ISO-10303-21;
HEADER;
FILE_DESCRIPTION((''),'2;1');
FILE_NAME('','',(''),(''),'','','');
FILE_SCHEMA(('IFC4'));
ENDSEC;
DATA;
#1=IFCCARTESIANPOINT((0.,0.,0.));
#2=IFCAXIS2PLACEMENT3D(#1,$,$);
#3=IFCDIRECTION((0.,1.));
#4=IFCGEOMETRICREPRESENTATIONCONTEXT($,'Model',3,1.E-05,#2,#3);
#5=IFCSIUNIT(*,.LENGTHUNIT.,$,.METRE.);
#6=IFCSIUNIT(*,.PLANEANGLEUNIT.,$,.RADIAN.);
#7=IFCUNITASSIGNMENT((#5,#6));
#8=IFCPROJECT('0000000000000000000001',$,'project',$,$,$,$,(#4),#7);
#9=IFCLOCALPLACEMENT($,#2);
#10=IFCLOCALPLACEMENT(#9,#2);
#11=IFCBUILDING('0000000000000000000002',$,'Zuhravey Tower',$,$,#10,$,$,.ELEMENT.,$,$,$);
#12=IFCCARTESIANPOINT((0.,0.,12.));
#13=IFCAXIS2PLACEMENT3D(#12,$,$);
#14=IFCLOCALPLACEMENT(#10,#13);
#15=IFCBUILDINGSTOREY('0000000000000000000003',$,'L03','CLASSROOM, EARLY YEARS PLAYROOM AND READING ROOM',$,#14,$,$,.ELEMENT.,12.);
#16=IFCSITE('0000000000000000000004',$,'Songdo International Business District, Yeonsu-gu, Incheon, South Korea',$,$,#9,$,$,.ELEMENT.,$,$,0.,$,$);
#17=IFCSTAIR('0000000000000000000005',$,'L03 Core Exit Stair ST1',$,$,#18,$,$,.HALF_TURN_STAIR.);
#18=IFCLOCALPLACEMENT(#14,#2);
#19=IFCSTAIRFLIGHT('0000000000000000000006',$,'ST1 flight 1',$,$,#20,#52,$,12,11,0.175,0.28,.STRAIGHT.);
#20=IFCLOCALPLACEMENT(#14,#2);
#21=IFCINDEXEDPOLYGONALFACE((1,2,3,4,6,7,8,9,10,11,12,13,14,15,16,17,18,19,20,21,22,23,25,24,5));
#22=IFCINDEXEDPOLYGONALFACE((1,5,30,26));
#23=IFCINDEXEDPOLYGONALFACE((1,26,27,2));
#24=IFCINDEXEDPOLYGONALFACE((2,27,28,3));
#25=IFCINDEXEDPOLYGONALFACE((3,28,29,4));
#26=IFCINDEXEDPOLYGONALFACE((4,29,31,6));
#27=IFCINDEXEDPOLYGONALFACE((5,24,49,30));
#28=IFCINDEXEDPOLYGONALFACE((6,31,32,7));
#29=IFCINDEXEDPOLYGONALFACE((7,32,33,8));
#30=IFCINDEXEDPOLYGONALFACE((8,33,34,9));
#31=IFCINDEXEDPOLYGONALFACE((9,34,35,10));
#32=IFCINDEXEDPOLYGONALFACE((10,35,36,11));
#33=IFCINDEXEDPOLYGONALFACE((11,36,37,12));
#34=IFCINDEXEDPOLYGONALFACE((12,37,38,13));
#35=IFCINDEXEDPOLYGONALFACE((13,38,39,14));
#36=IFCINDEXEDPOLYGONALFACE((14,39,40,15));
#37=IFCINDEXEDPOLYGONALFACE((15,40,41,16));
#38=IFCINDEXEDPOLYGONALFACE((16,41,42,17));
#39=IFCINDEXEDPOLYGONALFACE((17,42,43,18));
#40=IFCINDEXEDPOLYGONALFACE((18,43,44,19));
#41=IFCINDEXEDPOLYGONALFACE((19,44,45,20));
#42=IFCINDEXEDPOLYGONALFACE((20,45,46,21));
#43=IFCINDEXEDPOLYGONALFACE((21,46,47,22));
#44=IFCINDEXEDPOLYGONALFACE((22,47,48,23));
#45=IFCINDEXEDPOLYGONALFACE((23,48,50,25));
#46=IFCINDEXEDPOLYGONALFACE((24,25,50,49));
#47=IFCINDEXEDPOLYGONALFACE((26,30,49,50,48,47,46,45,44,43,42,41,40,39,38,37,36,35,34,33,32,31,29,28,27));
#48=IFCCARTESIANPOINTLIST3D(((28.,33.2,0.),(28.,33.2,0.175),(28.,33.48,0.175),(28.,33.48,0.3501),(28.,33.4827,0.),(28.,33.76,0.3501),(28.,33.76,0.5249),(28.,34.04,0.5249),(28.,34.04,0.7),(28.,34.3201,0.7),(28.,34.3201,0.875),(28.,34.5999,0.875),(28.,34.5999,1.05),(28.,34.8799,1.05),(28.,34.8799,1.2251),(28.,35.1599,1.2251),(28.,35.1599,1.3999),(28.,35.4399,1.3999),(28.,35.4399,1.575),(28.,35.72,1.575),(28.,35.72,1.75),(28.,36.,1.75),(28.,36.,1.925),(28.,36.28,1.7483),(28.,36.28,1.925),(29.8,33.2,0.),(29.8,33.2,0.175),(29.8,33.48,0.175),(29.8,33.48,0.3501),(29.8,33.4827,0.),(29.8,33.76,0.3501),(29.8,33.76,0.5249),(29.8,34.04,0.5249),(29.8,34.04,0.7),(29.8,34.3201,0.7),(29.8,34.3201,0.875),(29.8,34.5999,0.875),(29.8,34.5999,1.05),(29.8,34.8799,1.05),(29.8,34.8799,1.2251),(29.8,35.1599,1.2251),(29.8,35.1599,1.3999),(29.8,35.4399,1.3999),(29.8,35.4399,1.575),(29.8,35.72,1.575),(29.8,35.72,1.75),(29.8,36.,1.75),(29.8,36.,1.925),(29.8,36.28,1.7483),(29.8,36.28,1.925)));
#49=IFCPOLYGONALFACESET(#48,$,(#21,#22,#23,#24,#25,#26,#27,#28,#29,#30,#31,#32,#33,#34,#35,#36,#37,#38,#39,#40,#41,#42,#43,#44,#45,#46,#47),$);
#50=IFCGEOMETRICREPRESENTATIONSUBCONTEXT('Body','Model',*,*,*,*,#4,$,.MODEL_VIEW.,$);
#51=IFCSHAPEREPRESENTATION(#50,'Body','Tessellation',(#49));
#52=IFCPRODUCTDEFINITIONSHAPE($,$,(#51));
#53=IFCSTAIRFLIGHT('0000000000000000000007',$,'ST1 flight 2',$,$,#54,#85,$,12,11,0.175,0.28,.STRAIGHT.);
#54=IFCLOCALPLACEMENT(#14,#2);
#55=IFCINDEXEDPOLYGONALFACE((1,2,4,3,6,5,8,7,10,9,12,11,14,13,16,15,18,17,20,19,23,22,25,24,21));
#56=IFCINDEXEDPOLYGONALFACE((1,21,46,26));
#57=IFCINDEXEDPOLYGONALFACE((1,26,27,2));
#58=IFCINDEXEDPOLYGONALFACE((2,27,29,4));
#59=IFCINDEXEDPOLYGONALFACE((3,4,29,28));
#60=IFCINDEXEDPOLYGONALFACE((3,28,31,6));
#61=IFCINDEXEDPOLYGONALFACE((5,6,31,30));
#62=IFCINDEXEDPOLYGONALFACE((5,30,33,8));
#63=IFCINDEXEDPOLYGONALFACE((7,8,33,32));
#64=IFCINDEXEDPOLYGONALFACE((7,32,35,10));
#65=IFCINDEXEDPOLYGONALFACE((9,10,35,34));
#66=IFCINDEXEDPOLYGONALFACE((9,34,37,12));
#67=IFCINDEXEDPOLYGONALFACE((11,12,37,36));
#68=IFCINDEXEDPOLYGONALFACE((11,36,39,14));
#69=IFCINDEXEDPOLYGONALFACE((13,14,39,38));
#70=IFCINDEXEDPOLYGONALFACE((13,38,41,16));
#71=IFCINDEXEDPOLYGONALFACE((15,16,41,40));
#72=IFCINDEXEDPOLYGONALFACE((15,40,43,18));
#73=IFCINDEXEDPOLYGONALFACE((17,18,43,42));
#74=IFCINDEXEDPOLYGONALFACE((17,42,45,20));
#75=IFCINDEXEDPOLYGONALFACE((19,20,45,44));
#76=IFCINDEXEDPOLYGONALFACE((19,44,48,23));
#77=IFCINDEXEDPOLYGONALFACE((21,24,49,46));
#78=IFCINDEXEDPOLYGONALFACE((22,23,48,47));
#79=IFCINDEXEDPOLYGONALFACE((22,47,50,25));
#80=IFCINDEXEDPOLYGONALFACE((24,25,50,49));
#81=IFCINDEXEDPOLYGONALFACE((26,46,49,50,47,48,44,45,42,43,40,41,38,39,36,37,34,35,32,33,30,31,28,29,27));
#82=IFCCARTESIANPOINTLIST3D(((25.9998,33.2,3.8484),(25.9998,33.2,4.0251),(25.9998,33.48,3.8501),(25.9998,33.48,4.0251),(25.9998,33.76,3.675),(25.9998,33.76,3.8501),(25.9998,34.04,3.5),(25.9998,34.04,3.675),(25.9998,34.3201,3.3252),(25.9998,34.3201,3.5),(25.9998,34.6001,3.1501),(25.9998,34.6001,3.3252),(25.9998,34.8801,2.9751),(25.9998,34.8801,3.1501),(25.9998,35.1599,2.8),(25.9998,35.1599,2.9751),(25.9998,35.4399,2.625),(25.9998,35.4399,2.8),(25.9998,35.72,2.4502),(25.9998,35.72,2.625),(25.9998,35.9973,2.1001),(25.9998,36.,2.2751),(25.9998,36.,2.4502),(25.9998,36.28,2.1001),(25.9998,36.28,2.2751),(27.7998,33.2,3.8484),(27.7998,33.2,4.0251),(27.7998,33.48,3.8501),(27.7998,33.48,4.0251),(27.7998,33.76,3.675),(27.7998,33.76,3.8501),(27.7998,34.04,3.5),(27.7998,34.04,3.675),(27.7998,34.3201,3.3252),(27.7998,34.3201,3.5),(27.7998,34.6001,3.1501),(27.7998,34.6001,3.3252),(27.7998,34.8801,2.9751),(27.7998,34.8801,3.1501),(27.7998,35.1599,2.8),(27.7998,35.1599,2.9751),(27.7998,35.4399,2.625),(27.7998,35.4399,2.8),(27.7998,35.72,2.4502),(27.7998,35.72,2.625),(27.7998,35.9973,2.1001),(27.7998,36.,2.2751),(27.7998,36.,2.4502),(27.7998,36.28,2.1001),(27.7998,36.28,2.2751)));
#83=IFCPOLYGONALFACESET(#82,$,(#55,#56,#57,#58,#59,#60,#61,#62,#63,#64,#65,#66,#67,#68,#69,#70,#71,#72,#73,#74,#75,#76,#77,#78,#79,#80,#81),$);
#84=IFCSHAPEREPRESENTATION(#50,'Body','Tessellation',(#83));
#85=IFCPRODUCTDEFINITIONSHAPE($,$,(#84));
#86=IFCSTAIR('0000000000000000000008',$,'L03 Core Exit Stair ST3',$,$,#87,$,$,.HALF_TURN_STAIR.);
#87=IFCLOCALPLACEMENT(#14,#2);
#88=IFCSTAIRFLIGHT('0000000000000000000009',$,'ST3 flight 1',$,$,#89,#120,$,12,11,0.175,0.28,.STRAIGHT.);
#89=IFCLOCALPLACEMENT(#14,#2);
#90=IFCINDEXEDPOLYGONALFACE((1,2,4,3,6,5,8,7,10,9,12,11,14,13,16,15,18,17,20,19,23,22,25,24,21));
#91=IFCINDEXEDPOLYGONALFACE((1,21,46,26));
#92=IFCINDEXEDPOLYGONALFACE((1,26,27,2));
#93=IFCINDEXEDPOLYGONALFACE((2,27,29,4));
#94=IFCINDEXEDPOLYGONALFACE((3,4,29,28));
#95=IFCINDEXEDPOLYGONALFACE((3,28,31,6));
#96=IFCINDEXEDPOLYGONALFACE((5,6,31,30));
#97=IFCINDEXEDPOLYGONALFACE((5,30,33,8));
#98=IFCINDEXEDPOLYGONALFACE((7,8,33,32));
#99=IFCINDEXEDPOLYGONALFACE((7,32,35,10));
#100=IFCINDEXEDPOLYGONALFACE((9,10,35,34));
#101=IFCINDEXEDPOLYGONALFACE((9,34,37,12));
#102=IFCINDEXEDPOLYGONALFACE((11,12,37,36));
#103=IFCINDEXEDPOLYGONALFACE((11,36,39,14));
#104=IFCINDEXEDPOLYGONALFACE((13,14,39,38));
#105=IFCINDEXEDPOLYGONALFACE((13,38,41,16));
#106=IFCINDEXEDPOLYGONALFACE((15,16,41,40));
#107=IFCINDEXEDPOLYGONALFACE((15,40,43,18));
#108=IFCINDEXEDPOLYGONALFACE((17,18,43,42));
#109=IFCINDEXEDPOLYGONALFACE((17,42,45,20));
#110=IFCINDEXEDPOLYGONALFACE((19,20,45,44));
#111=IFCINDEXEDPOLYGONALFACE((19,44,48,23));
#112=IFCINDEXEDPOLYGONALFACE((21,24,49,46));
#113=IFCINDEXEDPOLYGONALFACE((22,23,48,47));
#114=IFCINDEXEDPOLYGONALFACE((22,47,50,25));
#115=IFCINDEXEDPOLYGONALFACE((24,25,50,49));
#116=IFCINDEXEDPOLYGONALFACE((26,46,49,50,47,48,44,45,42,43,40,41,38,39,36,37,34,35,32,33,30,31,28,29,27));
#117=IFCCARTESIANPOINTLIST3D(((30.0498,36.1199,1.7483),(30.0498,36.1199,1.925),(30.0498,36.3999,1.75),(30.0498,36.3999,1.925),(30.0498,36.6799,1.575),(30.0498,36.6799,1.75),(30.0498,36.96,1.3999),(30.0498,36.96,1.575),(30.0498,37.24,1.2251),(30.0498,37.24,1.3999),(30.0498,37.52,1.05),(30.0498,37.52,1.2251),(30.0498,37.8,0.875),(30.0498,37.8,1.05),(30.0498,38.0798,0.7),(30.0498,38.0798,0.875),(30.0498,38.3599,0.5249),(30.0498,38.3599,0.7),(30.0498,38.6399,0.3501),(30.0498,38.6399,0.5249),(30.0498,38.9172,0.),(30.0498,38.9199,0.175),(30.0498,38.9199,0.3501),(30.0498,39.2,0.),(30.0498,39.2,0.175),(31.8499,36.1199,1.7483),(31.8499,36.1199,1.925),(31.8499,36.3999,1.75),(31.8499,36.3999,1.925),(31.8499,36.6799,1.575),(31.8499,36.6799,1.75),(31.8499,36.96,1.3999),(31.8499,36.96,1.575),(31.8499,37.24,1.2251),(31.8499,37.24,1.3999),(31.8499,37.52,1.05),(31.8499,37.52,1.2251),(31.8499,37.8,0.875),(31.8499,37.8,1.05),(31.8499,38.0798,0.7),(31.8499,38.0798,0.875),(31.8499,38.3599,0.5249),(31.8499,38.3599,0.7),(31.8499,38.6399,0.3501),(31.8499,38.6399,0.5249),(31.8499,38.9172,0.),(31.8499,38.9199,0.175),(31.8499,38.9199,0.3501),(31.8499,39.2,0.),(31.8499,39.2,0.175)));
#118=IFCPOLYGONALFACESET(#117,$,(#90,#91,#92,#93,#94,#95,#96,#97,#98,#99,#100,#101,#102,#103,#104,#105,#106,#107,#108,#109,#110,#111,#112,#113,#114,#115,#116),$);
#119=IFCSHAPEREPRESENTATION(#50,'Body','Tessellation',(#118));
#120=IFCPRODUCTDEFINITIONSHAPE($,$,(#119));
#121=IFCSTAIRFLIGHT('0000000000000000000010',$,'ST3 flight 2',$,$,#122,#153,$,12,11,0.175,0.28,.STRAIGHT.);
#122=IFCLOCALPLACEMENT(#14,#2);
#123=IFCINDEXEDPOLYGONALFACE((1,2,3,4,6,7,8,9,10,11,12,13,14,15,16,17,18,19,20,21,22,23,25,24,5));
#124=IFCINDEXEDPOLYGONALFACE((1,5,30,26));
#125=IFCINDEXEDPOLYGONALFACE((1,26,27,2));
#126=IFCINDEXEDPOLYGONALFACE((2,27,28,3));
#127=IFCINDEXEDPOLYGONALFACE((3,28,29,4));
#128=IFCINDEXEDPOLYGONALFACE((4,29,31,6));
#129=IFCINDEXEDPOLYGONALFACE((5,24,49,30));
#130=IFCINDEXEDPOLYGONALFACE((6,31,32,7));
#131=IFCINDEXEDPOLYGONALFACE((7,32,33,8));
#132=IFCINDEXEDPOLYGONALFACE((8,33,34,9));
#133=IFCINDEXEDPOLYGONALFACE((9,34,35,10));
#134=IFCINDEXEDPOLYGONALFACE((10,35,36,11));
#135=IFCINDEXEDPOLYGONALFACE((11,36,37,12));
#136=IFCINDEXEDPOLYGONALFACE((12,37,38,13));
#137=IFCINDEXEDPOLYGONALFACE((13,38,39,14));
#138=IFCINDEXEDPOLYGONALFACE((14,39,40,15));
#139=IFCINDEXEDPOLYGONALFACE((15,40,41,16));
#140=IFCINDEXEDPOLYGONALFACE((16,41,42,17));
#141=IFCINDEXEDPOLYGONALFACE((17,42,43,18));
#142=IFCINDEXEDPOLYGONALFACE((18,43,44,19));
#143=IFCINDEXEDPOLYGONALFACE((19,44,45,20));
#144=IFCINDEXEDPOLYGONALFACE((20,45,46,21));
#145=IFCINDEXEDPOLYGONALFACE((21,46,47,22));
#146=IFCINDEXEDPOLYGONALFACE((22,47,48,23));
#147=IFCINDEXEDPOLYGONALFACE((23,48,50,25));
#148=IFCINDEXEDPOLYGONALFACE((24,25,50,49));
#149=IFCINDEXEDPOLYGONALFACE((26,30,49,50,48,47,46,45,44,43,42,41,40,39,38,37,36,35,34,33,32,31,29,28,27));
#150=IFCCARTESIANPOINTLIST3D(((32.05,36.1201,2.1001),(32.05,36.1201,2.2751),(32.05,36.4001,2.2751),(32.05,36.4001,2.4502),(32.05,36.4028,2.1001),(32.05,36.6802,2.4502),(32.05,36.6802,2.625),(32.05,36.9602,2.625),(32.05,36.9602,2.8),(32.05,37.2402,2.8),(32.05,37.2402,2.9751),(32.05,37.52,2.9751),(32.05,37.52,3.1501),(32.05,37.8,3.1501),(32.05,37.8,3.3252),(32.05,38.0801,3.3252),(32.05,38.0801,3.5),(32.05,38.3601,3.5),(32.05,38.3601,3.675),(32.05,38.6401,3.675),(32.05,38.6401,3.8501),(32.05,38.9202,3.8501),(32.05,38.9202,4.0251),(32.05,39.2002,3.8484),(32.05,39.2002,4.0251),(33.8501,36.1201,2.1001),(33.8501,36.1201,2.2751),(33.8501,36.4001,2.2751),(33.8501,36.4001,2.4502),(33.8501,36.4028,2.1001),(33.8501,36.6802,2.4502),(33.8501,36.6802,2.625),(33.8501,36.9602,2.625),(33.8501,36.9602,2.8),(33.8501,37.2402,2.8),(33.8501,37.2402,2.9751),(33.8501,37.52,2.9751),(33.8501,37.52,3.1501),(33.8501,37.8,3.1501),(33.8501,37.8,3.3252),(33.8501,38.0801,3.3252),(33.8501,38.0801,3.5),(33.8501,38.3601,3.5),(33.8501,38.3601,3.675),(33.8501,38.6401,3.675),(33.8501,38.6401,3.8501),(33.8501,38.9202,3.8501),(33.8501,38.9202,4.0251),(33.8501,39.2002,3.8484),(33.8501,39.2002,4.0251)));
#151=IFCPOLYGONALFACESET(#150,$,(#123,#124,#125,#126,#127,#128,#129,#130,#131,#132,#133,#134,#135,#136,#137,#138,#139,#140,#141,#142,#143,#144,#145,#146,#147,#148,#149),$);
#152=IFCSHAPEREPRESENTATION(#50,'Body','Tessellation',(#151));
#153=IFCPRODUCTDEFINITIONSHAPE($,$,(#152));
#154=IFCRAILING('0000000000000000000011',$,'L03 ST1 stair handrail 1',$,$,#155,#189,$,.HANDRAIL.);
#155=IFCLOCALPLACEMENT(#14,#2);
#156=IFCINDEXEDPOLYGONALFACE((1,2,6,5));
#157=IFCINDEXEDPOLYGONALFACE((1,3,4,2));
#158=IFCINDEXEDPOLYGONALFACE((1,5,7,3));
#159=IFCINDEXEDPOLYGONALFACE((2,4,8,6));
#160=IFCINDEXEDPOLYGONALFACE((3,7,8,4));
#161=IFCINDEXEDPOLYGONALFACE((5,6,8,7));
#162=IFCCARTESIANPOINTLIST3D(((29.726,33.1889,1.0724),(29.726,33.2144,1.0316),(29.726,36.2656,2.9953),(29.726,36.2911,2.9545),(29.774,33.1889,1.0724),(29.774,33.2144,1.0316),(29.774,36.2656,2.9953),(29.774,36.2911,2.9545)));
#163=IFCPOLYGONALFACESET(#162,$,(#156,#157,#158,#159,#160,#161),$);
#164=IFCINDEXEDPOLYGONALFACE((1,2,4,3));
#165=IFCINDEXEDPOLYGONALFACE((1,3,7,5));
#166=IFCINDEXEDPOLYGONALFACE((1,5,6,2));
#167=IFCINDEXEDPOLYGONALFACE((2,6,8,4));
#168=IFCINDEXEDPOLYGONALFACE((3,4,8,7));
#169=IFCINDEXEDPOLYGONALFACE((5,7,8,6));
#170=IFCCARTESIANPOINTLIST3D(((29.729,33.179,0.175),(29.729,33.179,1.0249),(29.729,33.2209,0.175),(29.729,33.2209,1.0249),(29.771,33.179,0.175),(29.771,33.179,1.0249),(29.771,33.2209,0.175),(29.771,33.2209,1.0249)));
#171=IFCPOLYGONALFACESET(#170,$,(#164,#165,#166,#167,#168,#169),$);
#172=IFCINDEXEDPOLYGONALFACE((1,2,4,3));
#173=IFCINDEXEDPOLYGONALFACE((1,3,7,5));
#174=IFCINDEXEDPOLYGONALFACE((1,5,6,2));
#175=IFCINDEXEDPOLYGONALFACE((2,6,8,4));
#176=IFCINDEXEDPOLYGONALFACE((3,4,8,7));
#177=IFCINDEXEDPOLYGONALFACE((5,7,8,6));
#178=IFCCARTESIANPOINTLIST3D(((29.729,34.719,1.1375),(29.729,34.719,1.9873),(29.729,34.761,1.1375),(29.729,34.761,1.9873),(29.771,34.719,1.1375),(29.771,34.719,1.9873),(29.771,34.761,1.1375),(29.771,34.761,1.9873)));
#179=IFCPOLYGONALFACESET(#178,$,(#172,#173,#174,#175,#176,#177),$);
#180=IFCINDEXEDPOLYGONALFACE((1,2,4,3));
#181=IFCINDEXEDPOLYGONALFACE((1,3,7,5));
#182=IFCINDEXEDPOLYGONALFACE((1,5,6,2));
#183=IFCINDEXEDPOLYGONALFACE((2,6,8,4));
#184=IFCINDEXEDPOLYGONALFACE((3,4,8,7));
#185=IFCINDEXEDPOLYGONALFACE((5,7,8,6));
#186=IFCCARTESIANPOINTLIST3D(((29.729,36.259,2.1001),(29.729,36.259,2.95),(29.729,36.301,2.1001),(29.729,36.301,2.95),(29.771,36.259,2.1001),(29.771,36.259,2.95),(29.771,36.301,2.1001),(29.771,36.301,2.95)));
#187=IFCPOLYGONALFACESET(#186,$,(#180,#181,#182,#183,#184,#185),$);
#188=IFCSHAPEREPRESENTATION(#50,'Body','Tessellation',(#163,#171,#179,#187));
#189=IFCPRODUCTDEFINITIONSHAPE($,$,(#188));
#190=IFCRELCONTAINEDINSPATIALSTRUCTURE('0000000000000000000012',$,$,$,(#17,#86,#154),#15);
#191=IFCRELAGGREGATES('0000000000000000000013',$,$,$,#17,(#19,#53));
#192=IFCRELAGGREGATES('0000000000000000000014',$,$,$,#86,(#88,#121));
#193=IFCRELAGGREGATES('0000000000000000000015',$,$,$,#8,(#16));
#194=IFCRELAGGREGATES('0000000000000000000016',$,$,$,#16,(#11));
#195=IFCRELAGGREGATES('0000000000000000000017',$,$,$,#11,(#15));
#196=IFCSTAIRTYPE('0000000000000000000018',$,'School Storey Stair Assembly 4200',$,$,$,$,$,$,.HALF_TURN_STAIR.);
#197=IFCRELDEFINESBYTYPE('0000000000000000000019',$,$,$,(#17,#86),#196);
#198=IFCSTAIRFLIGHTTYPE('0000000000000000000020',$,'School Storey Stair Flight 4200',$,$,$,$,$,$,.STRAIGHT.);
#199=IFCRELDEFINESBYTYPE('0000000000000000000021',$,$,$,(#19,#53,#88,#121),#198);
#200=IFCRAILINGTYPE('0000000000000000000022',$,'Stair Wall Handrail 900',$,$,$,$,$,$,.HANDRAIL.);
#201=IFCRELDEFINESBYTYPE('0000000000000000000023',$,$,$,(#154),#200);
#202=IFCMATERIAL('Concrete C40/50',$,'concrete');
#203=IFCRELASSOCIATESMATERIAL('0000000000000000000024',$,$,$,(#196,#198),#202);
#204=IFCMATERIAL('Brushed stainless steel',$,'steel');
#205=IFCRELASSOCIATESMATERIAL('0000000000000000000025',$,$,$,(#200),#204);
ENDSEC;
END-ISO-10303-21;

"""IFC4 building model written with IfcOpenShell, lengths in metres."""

from ifc_helpers import new_model, si_unit, direction, frame, origin, origin_2d, place, context, subcontext, project, spatial, polyline, rectangle, outline, extrude, material, type_object, element, aggregate, save


model = new_model("IFC4")

# Units and contexts
model_context = context("Model", 3, precision=1e-05, world=origin(), true_north=direction((0.0, 1.0)))
body_context = subcontext(model_context, "Body", "Model", "MODEL_VIEW")
ifc_project = project(units=[si_unit("LENGTHUNIT", "METRE"), si_unit("PLANEANGLEUNIT", "RADIAN")], contexts=[model_context])

# Site, building, storey
site_placement = place(None, origin())
site = spatial("IfcSite", under=ifc_project, at=site_placement, Name="Songdo International Business District, Yeonsu-gu, Incheon, South Korea", CompositionType="ELEMENT", RefElevation=0.0)
building_placement = place(site_placement, origin())
building = spatial("IfcBuilding", under=site, at=building_placement, Name="Zuhravey Tower", CompositionType="ELEMENT")
storey_placement = place(building_placement, frame((0.0, 0.0, 12.0)))
storey = spatial("IfcBuildingStorey", under=building, at=storey_placement, Name="L03", Description="CLASSROOM, EARLY YEARS PLAYROOM AND READING ROOM", CompositionType="ELEMENT", Elevation=12.0)

# Stairs, stair flights
ifc_material_1 = material(Name="Concrete C40/50", Category="concrete")
stair_type = type_object("IfcStairType", Name="School Storey Stair Assembly 4200", PredefinedType="HALF_TURN_STAIR", material=ifc_material_1)
stair_1_placement = place(storey_placement, origin())
stair_1 = element("IfcStair", 1, at=stair_1_placement, inside=storey, type_object=stair_type, Name="L03 Core Exit Stair ST1", PredefinedType="HALF_TURN_STAIR")
stair_flight_type = type_object("IfcStairFlightType", Name="School Storey Stair Flight 4200", PredefinedType="STRAIGHT", material=ifc_material_1)
stair_flight_1_placement = place(storey_placement, frame((28.8999, 33.2, 0.0), z_axis=(0.0, 0.0, 1.0), x_axis=(0.0, 1.0, 0.0)))
stair_flight_1 = element("IfcStairFlight", 2, at=stair_flight_1_placement, type_object=stair_flight_type, Name="ST1 flight 1", NumberOfRisers=12, NumberOfTreads=11, PredefinedType="STRAIGHT", RiserHeight=0.175, TreadLength=0.28, context=body_context, shape_type="SweptSolid", body=[
    extrude(outline(polyline([(0.0, 0.0), (0.0, 0.175), (0.28, 0.175), (0.28, 0.3501), (0.5601, 0.3501), (0.5601, 0.5249), (0.8401, 0.5249), (0.8401, 0.7), (1.1201, 0.7), (1.1201, 0.875), (1.3999, 0.875), (1.3999, 1.05), (1.6799, 1.05), (1.6799, 1.2251), (1.96, 1.2251), (1.96, 1.3999), (2.24, 1.3999), (2.24, 1.575), (2.52, 1.575), (2.52, 1.75), (2.8, 1.75), (2.8, 1.925), (3.0801, 1.925), (3.0801, 2.1001), (3.0801, 1.7483), (0.2827, 0.0), (0.0, 0.0)])), frame((0.0, 0.8999, 0.0), z_axis=(0.0, -1.0, 0.0), x_axis=(1.0, 0.0, 0.0)), (0.0, 0.0, 1.0), 1.8),
])
stair_flight_2_placement = place(storey_placement, frame((26.8999, 36.28, 2.1001), z_axis=(0.0, 0.0, 1.0), x_axis=(0.0, -1.0, 0.0)))
stair_flight_2 = element("IfcStairFlight", 3, at=stair_flight_2_placement, type_object=stair_flight_type, Name="ST1 flight 2", NumberOfRisers=12, NumberOfTreads=11, PredefinedType="STRAIGHT", RiserHeight=0.175, TreadLength=0.28, context=body_context, shape_type="SweptSolid", body=[
    extrude(outline(polyline([(0.0, 0.0), (0.0, 0.175), (0.28, 0.175), (0.28, 0.3501), (0.5601, 0.3501), (0.5601, 0.5249), (0.8401, 0.5249), (0.8401, 0.7), (1.1201, 0.7), (1.1201, 0.875), (1.3999, 0.875), (1.3999, 1.05), (1.6799, 1.05), (1.6799, 1.2251), (1.96, 1.2251), (1.96, 1.3999), (2.24, 1.3999), (2.24, 1.575), (2.52, 1.575), (2.52, 1.75), (2.8, 1.75), (2.8, 1.925), (3.0801, 1.925), (3.0801, 2.1001), (3.0801, 1.7483), (0.2827, 0.0), (0.0, 0.0)])), frame((0.0, 0.8999, 0.0), z_axis=(0.0, -1.0, 0.0), x_axis=(1.0, 0.0, 0.0)), (0.0, 0.0, 1.0), 1.8),
])
aggregate(stair_1, [stair_flight_1, stair_flight_2])
stair_2_placement = place(storey_placement, origin())
stair_2 = element("IfcStair", 4, at=stair_2_placement, inside=storey, type_object=stair_type, Name="L03 Core Exit Stair ST3", PredefinedType="HALF_TURN_STAIR")
stair_flight_3_placement = place(storey_placement, frame((30.95, 39.2, 0.0), z_axis=(0.0, 0.0, 1.0), x_axis=(0.0, -1.0, 0.0)))
stair_flight_3 = element("IfcStairFlight", 5, at=stair_flight_3_placement, type_object=stair_flight_type, Name="ST3 flight 1", NumberOfRisers=12, NumberOfTreads=11, PredefinedType="STRAIGHT", RiserHeight=0.175, TreadLength=0.28, context=body_context, shape_type="SweptSolid", body=[
    extrude(outline(polyline([(0.0, 0.0), (0.0, 0.175), (0.28, 0.175), (0.28, 0.3501), (0.5601, 0.3501), (0.5601, 0.5249), (0.8401, 0.5249), (0.8401, 0.7), (1.1201, 0.7), (1.1201, 0.875), (1.3999, 0.875), (1.3999, 1.05), (1.6799, 1.05), (1.6799, 1.2251), (1.96, 1.2251), (1.96, 1.3999), (2.24, 1.3999), (2.24, 1.575), (2.52, 1.575), (2.52, 1.75), (2.8, 1.75), (2.8, 1.925), (3.0801, 1.925), (3.0801, 2.1001), (3.0801, 1.7483), (0.2827, 0.0), (0.0, 0.0)])), frame((0.0, 0.8999, 0.0), z_axis=(0.0, -1.0, 0.0), x_axis=(1.0, 0.0, 0.0)), (0.0, 0.0, 1.0), 1.8),
])
stair_flight_4_placement = place(storey_placement, frame((32.95, 36.1201, 2.1001), z_axis=(0.0, 0.0, 1.0), x_axis=(0.0, 1.0, 0.0)))
stair_flight_4 = element("IfcStairFlight", 6, at=stair_flight_4_placement, type_object=stair_flight_type, Name="ST3 flight 2", NumberOfRisers=12, NumberOfTreads=11, PredefinedType="STRAIGHT", RiserHeight=0.175, TreadLength=0.28, context=body_context, shape_type="SweptSolid", body=[
    extrude(outline(polyline([(0.0, 0.0), (0.0, 0.175), (0.28, 0.175), (0.28, 0.3501), (0.5601, 0.3501), (0.5601, 0.5249), (0.8401, 0.5249), (0.8401, 0.7), (1.1201, 0.7), (1.1201, 0.875), (1.3999, 0.875), (1.3999, 1.05), (1.6799, 1.05), (1.6799, 1.2251), (1.96, 1.2251), (1.96, 1.3999), (2.24, 1.3999), (2.24, 1.575), (2.52, 1.575), (2.52, 1.75), (2.8, 1.75), (2.8, 1.925), (3.0801, 1.925), (3.0801, 2.1001), (3.0801, 1.7483), (0.2827, 0.0), (0.0, 0.0)])), frame((0.0, 0.8999, 0.0), z_axis=(0.0, -1.0, 0.0), x_axis=(1.0, 0.0, 0.0)), (0.0, 0.0, 1.0), 1.8),
])
aggregate(stair_2, [stair_flight_3, stair_flight_4])

# Railing
ifc_material_2 = material(Name="Brushed stainless steel", Category="steel")
railing_type_1 = type_object("IfcRailingType", Name="Stair Wall Handrail 900", PredefinedType="HANDRAIL", material=ifc_material_2)
railing_1_placement = place(storey_placement, frame((29.75, 33.2, 0.175)))
element("IfcRailing", 7, at=railing_1_placement, inside=storey, type_object=railing_type_1, Name="L03 ST1 stair handrail 1", PredefinedType="HANDRAIL", context=body_context, shape_type="SweptSolid", body=[
    extrude(rectangle(XDim=0.0481, YDim=0.0481, at=origin_2d()), frame((0.0, 0.0017, 0.877), z_axis=(0.0, 0.847998, 0.529999), x_axis=(-1.0, 0.0, 0.0)), (0.0, 0.0, 1.0), 3.6282),
    extrude(rectangle(XDim=0.042, YDim=0.042, at=origin_2d()), origin(), (0.0, 0.0, 1.0), 0.8499),
    extrude(rectangle(XDim=0.042, YDim=0.042, at=origin_2d()), frame((0.0, 1.54, 0.9624)), (0.0, 0.0, 1.0), 0.8499),
    extrude(rectangle(XDim=0.042, YDim=0.042, at=origin_2d()), frame((0.0, 3.0801, 1.925)), (0.0, 0.0, 1.0), 0.8499),
])

save(model, "model.ifc")
